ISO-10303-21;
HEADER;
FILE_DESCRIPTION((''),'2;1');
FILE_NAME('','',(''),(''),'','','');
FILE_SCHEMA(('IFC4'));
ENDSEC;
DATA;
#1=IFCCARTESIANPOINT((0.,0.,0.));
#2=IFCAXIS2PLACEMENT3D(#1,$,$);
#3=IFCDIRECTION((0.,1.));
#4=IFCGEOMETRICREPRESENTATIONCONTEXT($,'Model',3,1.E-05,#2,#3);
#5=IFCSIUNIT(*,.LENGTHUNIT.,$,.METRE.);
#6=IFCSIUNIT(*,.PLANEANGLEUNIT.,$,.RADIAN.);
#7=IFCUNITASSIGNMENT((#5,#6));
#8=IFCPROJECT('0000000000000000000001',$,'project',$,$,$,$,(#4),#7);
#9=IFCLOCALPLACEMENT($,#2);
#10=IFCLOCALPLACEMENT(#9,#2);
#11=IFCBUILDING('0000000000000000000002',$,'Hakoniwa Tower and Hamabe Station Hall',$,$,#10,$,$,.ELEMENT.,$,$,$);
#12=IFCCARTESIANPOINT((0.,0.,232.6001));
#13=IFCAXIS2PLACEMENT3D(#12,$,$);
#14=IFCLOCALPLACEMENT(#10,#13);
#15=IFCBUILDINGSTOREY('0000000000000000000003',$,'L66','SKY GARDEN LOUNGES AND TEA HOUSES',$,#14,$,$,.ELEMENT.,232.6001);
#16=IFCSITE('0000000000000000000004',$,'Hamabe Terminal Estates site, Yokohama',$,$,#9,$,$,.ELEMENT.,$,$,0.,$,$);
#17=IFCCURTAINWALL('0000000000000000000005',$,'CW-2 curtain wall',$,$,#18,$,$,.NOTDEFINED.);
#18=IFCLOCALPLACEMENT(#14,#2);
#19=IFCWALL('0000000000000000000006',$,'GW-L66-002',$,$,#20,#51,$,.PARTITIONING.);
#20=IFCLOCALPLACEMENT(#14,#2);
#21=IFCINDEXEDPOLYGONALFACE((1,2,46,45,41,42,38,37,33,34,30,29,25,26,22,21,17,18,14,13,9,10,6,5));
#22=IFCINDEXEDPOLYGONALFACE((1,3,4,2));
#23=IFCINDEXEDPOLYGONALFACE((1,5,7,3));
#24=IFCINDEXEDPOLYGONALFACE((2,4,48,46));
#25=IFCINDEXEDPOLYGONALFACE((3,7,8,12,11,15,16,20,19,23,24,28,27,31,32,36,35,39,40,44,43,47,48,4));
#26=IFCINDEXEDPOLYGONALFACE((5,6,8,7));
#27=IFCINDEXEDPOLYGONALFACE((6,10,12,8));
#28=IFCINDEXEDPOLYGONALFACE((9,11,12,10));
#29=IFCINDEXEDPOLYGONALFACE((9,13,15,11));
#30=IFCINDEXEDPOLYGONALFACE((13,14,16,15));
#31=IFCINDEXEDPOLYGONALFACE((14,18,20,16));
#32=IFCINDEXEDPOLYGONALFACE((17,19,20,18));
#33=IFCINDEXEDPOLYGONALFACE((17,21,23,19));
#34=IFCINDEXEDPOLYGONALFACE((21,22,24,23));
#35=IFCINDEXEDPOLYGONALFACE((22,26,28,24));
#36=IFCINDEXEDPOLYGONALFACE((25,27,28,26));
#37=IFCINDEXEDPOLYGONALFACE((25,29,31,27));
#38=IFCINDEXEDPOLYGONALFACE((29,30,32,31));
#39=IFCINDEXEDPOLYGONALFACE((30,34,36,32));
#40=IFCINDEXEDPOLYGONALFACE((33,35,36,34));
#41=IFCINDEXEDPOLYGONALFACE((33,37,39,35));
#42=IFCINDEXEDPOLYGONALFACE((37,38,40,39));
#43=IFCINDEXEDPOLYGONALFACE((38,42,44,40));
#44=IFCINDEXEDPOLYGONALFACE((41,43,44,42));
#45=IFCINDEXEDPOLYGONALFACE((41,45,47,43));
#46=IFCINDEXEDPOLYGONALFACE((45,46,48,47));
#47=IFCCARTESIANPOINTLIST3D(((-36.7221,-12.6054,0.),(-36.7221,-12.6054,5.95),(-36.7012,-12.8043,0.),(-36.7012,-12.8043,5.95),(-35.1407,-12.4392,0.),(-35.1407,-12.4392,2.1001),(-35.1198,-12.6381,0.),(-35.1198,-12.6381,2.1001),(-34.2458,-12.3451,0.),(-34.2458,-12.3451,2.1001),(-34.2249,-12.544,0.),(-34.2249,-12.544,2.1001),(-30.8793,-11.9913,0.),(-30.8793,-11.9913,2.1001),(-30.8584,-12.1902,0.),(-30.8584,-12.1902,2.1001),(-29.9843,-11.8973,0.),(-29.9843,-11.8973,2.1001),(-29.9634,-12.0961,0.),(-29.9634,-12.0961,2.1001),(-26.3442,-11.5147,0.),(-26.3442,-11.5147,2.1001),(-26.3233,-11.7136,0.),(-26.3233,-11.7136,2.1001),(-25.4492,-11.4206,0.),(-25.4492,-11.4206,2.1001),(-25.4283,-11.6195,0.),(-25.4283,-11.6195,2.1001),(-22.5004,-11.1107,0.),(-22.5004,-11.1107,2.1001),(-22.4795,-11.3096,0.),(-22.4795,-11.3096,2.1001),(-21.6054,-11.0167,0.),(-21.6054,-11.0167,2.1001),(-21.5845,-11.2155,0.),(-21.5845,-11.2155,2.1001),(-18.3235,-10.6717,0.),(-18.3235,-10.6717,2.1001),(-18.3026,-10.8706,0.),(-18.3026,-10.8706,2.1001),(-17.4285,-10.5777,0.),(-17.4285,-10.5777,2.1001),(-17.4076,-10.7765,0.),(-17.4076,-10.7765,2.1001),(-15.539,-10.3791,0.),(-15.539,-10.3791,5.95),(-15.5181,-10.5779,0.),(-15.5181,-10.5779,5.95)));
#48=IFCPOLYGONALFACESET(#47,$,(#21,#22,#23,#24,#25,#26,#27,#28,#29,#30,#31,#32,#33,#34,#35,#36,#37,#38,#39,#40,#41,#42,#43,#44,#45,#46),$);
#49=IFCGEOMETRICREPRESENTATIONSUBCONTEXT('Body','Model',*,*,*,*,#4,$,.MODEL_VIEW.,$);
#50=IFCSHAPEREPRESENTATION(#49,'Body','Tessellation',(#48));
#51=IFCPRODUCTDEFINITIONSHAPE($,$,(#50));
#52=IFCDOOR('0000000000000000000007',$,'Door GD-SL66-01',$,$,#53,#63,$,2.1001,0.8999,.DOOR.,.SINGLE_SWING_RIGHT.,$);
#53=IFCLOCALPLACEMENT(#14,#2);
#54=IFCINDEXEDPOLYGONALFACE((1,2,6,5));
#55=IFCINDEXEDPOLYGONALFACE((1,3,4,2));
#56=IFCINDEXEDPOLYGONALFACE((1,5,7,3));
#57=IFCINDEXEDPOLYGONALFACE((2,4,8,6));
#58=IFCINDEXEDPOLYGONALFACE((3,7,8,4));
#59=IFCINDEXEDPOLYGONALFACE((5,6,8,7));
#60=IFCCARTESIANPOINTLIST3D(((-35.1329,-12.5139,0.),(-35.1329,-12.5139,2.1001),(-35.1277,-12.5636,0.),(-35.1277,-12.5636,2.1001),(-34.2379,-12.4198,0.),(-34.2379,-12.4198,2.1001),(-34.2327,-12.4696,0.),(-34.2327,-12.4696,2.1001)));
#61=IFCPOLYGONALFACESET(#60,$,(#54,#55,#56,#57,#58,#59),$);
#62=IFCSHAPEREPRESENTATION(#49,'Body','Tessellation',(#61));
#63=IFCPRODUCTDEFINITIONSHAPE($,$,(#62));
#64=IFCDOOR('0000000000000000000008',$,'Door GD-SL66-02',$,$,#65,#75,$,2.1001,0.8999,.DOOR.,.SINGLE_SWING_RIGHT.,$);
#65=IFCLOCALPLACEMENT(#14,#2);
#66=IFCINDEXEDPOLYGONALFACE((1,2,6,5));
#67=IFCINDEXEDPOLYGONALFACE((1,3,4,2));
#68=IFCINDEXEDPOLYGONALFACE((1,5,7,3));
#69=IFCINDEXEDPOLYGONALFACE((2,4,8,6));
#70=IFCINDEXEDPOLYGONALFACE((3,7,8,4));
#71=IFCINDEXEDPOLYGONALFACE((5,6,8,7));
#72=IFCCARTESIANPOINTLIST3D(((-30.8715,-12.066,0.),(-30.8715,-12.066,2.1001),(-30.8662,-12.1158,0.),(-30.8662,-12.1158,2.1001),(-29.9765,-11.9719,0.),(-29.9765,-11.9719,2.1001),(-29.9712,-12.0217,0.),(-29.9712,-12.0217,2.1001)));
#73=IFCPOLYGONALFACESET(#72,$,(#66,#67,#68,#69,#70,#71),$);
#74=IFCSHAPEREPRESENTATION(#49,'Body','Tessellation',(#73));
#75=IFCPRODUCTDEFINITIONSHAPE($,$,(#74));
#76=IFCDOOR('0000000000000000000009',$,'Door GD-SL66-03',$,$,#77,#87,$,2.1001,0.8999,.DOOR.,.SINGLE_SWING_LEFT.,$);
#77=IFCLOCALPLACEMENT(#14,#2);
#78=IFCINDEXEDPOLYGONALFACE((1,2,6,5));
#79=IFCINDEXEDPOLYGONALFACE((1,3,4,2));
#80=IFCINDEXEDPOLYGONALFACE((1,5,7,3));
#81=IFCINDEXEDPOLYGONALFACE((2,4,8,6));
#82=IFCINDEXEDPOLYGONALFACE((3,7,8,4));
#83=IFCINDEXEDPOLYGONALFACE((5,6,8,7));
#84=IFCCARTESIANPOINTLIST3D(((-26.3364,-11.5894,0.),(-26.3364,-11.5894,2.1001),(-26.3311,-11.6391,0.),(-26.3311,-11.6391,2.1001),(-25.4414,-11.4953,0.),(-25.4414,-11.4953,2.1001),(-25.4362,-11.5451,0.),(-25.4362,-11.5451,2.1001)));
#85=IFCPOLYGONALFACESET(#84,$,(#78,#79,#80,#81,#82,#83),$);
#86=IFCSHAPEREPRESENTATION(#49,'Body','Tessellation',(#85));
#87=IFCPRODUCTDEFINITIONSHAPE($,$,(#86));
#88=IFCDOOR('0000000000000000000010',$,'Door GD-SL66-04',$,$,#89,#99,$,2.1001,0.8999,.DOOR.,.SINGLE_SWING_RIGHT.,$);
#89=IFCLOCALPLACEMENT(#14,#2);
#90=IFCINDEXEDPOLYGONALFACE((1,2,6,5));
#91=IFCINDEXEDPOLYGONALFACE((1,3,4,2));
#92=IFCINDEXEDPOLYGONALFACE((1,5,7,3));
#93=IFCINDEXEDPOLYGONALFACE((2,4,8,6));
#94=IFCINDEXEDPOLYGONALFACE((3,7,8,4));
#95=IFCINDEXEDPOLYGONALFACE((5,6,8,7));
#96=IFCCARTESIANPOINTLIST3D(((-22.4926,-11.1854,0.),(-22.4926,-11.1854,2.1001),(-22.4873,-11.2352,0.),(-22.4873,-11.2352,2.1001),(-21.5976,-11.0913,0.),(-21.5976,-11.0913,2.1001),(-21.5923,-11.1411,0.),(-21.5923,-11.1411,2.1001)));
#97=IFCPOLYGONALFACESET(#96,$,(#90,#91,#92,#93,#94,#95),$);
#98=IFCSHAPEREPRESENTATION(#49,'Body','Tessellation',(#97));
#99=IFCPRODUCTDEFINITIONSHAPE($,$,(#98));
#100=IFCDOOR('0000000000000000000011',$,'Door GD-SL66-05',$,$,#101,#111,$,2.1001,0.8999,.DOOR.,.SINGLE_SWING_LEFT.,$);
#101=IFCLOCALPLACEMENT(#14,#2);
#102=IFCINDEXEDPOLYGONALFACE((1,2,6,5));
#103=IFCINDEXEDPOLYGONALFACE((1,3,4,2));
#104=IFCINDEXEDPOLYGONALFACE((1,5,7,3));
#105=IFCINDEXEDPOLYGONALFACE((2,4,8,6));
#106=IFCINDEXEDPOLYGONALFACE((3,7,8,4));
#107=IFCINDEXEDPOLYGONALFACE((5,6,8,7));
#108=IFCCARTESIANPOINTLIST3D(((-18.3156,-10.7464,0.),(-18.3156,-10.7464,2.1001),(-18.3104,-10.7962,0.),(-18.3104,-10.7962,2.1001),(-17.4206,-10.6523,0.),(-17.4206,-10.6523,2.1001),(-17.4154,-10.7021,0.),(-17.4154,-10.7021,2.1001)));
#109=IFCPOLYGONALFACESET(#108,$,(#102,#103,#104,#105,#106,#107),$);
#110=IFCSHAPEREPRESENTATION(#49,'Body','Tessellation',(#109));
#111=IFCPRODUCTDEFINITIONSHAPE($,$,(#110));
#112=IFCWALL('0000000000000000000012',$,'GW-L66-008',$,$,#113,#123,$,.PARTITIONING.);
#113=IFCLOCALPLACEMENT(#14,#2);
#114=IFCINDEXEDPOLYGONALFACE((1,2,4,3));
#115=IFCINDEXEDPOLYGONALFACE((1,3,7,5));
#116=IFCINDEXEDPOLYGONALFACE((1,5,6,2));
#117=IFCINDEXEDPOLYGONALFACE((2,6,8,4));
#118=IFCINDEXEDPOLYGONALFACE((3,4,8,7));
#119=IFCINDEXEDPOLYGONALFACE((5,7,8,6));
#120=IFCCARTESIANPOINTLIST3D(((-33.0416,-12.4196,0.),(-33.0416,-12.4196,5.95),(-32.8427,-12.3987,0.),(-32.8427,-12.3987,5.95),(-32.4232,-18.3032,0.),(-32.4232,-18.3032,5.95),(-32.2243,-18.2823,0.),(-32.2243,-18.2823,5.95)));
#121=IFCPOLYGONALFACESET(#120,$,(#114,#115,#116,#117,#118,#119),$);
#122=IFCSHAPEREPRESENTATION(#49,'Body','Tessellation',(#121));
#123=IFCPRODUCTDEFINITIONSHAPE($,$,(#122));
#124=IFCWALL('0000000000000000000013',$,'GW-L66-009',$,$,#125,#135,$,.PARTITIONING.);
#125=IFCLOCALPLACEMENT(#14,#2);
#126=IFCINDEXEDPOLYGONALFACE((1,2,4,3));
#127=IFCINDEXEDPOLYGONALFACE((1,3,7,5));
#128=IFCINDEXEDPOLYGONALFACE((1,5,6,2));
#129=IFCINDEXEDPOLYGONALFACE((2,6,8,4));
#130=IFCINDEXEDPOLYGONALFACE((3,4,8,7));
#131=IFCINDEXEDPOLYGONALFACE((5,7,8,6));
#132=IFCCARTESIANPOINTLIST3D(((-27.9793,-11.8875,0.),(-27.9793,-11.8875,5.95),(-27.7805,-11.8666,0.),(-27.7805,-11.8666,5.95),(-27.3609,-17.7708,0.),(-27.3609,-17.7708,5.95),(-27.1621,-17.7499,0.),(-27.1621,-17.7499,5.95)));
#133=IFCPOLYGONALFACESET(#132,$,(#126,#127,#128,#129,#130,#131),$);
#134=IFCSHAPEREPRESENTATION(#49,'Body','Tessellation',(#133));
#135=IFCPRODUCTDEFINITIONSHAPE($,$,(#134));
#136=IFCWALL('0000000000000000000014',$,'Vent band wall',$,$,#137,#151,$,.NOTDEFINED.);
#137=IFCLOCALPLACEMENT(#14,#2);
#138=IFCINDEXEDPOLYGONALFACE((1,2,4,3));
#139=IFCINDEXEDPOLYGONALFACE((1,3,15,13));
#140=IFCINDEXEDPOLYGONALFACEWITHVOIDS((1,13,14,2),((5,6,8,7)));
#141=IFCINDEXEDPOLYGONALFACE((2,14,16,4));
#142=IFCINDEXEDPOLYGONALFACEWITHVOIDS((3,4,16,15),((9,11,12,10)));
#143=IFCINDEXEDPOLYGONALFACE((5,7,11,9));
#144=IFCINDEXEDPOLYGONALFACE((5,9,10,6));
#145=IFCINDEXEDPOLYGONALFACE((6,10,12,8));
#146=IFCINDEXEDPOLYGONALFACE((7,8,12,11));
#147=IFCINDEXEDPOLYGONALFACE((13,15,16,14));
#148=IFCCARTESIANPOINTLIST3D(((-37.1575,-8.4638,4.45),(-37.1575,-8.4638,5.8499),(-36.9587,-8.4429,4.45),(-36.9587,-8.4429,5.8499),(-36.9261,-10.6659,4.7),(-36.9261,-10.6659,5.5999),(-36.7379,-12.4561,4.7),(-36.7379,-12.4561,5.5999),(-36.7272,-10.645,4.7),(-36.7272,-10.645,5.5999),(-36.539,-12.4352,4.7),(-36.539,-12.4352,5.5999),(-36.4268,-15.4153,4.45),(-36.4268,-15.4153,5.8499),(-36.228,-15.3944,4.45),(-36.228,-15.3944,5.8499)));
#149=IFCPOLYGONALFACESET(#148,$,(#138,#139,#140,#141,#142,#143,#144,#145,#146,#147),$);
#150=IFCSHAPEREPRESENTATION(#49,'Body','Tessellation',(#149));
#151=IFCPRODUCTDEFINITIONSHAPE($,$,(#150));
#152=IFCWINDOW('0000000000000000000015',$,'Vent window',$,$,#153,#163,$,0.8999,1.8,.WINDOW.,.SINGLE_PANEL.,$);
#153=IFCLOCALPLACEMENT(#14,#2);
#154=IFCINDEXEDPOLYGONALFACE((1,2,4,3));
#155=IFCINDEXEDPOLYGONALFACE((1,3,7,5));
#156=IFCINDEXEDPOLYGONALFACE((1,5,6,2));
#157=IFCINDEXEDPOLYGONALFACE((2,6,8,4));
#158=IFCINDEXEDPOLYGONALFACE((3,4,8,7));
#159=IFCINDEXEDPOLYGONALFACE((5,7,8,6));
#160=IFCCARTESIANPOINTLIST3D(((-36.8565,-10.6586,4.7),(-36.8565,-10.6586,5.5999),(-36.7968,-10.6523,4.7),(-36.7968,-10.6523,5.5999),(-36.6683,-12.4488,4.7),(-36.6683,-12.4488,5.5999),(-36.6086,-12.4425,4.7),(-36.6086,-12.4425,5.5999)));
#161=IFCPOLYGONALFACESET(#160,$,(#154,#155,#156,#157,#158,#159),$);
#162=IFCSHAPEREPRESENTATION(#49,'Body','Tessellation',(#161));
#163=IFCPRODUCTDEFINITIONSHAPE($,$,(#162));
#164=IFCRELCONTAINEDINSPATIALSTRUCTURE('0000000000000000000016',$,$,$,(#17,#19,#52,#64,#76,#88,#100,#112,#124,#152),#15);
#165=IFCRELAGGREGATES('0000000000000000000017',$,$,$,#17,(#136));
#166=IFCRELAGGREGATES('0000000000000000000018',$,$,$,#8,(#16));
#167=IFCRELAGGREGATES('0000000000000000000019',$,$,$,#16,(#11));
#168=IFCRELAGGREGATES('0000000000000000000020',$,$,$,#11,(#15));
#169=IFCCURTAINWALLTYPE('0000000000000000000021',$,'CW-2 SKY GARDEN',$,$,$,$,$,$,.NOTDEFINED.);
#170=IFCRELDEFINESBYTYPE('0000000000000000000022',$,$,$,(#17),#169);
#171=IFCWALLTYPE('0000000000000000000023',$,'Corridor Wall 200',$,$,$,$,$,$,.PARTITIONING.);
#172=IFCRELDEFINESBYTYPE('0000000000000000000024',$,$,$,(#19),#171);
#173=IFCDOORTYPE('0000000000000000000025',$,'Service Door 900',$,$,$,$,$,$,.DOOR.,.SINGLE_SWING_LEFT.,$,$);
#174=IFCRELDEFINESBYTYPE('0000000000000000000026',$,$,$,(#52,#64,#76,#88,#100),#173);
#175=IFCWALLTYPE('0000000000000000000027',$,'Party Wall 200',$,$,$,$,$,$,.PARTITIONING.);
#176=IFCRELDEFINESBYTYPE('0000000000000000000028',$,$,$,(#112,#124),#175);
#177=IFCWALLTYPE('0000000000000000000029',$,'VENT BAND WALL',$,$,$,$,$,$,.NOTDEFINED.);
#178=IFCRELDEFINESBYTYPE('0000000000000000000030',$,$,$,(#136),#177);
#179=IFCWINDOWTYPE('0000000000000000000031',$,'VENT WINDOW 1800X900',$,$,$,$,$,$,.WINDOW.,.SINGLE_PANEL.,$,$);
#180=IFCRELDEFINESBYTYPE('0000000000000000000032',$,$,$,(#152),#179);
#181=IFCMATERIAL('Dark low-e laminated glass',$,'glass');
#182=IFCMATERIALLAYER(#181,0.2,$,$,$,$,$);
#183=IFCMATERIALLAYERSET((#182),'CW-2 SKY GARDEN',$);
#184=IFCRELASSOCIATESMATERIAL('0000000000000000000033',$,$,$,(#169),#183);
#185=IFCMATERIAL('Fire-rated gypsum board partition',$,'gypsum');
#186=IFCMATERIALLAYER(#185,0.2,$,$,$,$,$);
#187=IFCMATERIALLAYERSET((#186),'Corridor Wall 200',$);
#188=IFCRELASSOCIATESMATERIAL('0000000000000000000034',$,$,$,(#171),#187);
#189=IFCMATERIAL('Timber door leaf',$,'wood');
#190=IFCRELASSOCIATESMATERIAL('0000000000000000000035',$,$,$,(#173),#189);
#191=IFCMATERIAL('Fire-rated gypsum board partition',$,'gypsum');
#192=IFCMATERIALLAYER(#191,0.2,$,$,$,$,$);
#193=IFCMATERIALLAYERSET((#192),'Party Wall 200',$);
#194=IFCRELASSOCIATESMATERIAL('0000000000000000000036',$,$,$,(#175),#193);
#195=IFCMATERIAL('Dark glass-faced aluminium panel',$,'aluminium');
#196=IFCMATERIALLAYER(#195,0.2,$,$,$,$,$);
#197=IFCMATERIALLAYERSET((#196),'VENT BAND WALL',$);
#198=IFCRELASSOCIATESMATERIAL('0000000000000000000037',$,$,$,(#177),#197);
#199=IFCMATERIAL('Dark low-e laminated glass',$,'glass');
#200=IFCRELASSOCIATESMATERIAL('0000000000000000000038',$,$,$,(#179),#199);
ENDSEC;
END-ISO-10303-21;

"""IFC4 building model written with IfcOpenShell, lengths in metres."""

from ifc_helpers import new_model, si_unit, direction, frame, frame_2d, origin, place, context, subcontext, project, spatial, rectangle, extrude, material, layer, layer_set, type_object, element, fill, aggregate, save


model = new_model("IFC4")

# Units and contexts
model_context = context("Model", 3, precision=1e-05, world=origin(), true_north=direction((0.0, 1.0)))
body_context = subcontext(model_context, "Body", "Model", "MODEL_VIEW")
ifc_project = project(units=[si_unit("LENGTHUNIT", "METRE"), si_unit("PLANEANGLEUNIT", "RADIAN")], contexts=[model_context])

# Site, building, storey
site_placement = place(None, origin())
site = spatial("IfcSite", under=ifc_project, at=site_placement, Name="Hamabe Terminal Estates site, Yokohama", CompositionType="ELEMENT", RefElevation=0.0)
building_placement = place(site_placement, origin())
building = spatial("IfcBuilding", under=site, at=building_placement, Name="Hakoniwa Tower and Hamabe Station Hall", CompositionType="ELEMENT")
storey_placement = place(building_placement, frame((0.0, 0.0, 232.6001)))
storey = spatial("IfcBuildingStorey", under=building, at=storey_placement, Name="L66", Description="SKY GARDEN LOUNGES AND TEA HOUSES", CompositionType="ELEMENT", Elevation=232.6001)

# Curtain wall
ifc_material_1 = material(Name="Dark low-e laminated glass", Category="glass")
ifc_layer_1 = layer(ifc_material_1, 0.2)
ifc_layer_set_1 = layer_set([ifc_layer_1], Name="CW-2 SKY GARDEN")
curtain_wall_type = type_object("IfcCurtainWallType", Name="CW-2 SKY GARDEN", PredefinedType="NOTDEFINED", material=ifc_layer_set_1)
curtain_wall_1_placement = place(storey_placement, origin())
curtain_wall_1 = element("IfcCurtainWall", 1, at=curtain_wall_1_placement, inside=storey, type_object=curtain_wall_type, Name="CW-2 curtain wall", PredefinedType="NOTDEFINED")

# Wall, openings, doors
ifc_material_2 = material(Name="Fire-rated gypsum board partition", Category="gypsum")
ifc_layer_2 = layer(ifc_material_2, 0.2)
ifc_layer_set_2 = layer_set([ifc_layer_2], Name="Corridor Wall 200")
wall_type_1 = type_object("IfcWallType", Name="Corridor Wall 200", PredefinedType="PARTITIONING", material=ifc_layer_set_2)
wall_1_placement = place(storey_placement, frame((-36.7117, -12.7048, 0.0), z_axis=(0.0, 0.0, 1.0), x_axis=(0.994522, 0.104523, 0.0)))
wall_1 = element("IfcWall", 2, at=wall_1_placement, inside=storey, type_object=wall_type_1, Name="GW-L66-002", PredefinedType="PARTITIONING", context=body_context, shape_type="SweptSolid", body=[
    extrude(rectangle(XDim=21.2998, YDim=0.2, at=frame_2d((10.6499, 0.0))), origin(), (0.0, 0.0, 1.0), 5.95),
])
opening_1_placement = place(wall_1_placement, frame((1.5901, 0.0, 0.0)))
opening_1 = element("IfcOpeningElement", 3, at=opening_1_placement, cuts=wall_1, PredefinedType="OPENING", context=body_context, shape_type="SweptSolid", body=[
    extrude(rectangle(XDim=0.8999, YDim=2.1001, at=frame_2d((0.45, 1.05))), frame((0.0, 0.1099, 0.0), z_axis=(0.0, -1.0, 0.0), x_axis=(1.0, 0.0, 0.0)), (0.0, 0.0, 1.0), 0.22),
])
opening_2_placement = place(wall_1_placement, frame((5.875, 0.0, 0.0)))
opening_2 = element("IfcOpeningElement", 4, at=opening_2_placement, cuts=wall_1, PredefinedType="OPENING", context=body_context, shape_type="SweptSolid", body=[
    extrude(rectangle(XDim=0.8999, YDim=2.1001, at=frame_2d((0.45, 1.05))), frame((0.0, 0.1099, 0.0), z_axis=(0.0, -1.0, 0.0), x_axis=(1.0, 0.0, 0.0)), (0.0, 0.0, 1.0), 0.22),
])
opening_3_placement = place(wall_1_placement, frame((10.4351, 0.0, 0.0)))
opening_3 = element("IfcOpeningElement", 5, at=opening_3_placement, cuts=wall_1, PredefinedType="OPENING", context=body_context, shape_type="SweptSolid", body=[
    extrude(rectangle(XDim=0.8999, YDim=2.1001, at=frame_2d((0.45, 1.05))), frame((0.0, 0.1099, 0.0), z_axis=(0.0, -1.0, 0.0), x_axis=(1.0, 0.0, 0.0)), (0.0, 0.0, 1.0), 0.22),
])
opening_4_placement = place(wall_1_placement, frame((14.3, 0.0, 0.0)))
opening_4 = element("IfcOpeningElement", 6, at=opening_4_placement, cuts=wall_1, PredefinedType="OPENING", context=body_context, shape_type="SweptSolid", body=[
    extrude(rectangle(XDim=0.8999, YDim=2.1001, at=frame_2d((0.45, 1.05))), frame((0.0, 0.1099, 0.0), z_axis=(0.0, -1.0, 0.0), x_axis=(1.0, 0.0, 0.0)), (0.0, 0.0, 1.0), 0.22),
])
opening_5_placement = place(wall_1_placement, frame((18.5, 0.0, 0.0)))
opening_5 = element("IfcOpeningElement", 7, at=opening_5_placement, cuts=wall_1, PredefinedType="OPENING", context=body_context, shape_type="SweptSolid", body=[
    extrude(rectangle(XDim=0.8999, YDim=2.1001, at=frame_2d((0.45, 1.05))), frame((0.0, 0.1099, 0.0), z_axis=(0.0, -1.0, 0.0), x_axis=(1.0, 0.0, 0.0)), (0.0, 0.0, 1.0), 0.22),
])
ifc_material_3 = material(Name="Timber door leaf", Category="wood")
door_type = type_object("IfcDoorType", Name="Service Door 900", OperationType="SINGLE_SWING_LEFT", PredefinedType="DOOR", material=ifc_material_3)
door_1_placement = place(opening_1_placement, origin())
door_1 = element("IfcDoor", 8, at=door_1_placement, inside=storey, type_object=door_type, Name="Door GD-SL66-01", OperationType="SINGLE_SWING_RIGHT", OverallHeight=2.1001, OverallWidth=0.8999, PredefinedType="DOOR", context=body_context, shape_type="SweptSolid", body=[
    extrude(rectangle(XDim=0.8999, YDim=2.1001, at=frame_2d((0.45, 1.05))), frame((0.0, 0.0249, 0.0), z_axis=(0.0, -1.0, 0.0), x_axis=(1.0, 0.0, 0.0)), (0.0, 0.0, 1.0), 0.05),
])
fill(opening_1, door_1)
door_2_placement = place(opening_2_placement, origin())
door_2 = element("IfcDoor", 9, at=door_2_placement, inside=storey, type_object=door_type, Name="Door GD-SL66-02", OperationType="SINGLE_SWING_RIGHT", OverallHeight=2.1001, OverallWidth=0.8999, PredefinedType="DOOR", context=body_context, shape_type="SweptSolid", body=[
    extrude(rectangle(XDim=0.8999, YDim=2.1001, at=frame_2d((0.45, 1.05))), frame((0.0, 0.0249, 0.0), z_axis=(0.0, -1.0, 0.0), x_axis=(1.0, 0.0, 0.0)), (0.0, 0.0, 1.0), 0.05),
])
fill(opening_2, door_2)
door_3_placement = place(opening_3_placement, origin())
door_3 = element("IfcDoor", 10, at=door_3_placement, inside=storey, type_object=door_type, Name="Door GD-SL66-03", OperationType="SINGLE_SWING_LEFT", OverallHeight=2.1001, OverallWidth=0.8999, PredefinedType="DOOR", context=body_context, shape_type="SweptSolid", body=[
    extrude(rectangle(XDim=0.8999, YDim=2.1001, at=frame_2d((0.45, 1.05))), frame((0.0, 0.0249, 0.0), z_axis=(0.0, -1.0, 0.0), x_axis=(1.0, 0.0, 0.0)), (0.0, 0.0, 1.0), 0.05),
])
fill(opening_3, door_3)
door_4_placement = place(opening_4_placement, origin())
door_4 = element("IfcDoor", 11, at=door_4_placement, inside=storey, type_object=door_type, Name="Door GD-SL66-04", OperationType="SINGLE_SWING_RIGHT", OverallHeight=2.1001, OverallWidth=0.8999, PredefinedType="DOOR", context=body_context, shape_type="SweptSolid", body=[
    extrude(rectangle(XDim=0.8999, YDim=2.1001, at=frame_2d((0.45, 1.05))), frame((0.0, 0.0249, 0.0), z_axis=(0.0, -1.0, 0.0), x_axis=(1.0, 0.0, 0.0)), (0.0, 0.0, 1.0), 0.05),
])
fill(opening_4, door_4)
door_5_placement = place(opening_5_placement, origin())
door_5 = element("IfcDoor", 12, at=door_5_placement, inside=storey, type_object=door_type, Name="Door GD-SL66-05", OperationType="SINGLE_SWING_LEFT", OverallHeight=2.1001, OverallWidth=0.8999, PredefinedType="DOOR", context=body_context, shape_type="SweptSolid", body=[
    extrude(rectangle(XDim=0.8999, YDim=2.1001, at=frame_2d((0.45, 1.05))), frame((0.0, 0.0249, 0.0), z_axis=(0.0, -1.0, 0.0), x_axis=(1.0, 0.0, 0.0)), (0.0, 0.0, 1.0), 0.05),
])
fill(opening_5, door_5)

# Walls
ifc_material_4 = material(Name="Fire-rated gypsum board partition", Category="gypsum")
ifc_layer_3 = layer(ifc_material_4, 0.2)
ifc_layer_set_3 = layer_set([ifc_layer_3], Name="Party Wall 200")
wall_type_2 = type_object("IfcWallType", Name="Party Wall 200", PredefinedType="PARTITIONING", material=ifc_layer_set_3)
wall_2_placement = place(storey_placement, frame((-32.3237, -18.2927, 0.0), z_axis=(0.0, 0.0, 1.0), x_axis=(-0.104532, 0.994521, 0.0)))
element("IfcWall", 13, at=wall_2_placement, inside=storey, type_object=wall_type_2, Name="GW-L66-008", PredefinedType="PARTITIONING", context=body_context, shape_type="SweptSolid", body=[
    extrude(rectangle(XDim=5.916, YDim=0.2, at=frame_2d((2.958, 0.0))), origin(), (0.0, 0.0, 1.0), 5.95),
])
wall_3_placement = place(storey_placement, frame((-27.2615, -17.7605, 0.0), z_axis=(0.0, 0.0, 1.0), x_axis=(-0.104537, 0.994521, 0.0)))
element("IfcWall", 14, at=wall_3_placement, inside=storey, type_object=wall_type_2, Name="GW-L66-009", PredefinedType="PARTITIONING", context=body_context, shape_type="SweptSolid", body=[
    extrude(rectangle(XDim=5.9158, YDim=0.2, at=frame_2d((2.958, 0.0))), origin(), (0.0, 0.0, 1.0), 5.95),
])

# Wall, opening, window
ifc_material_5 = material(Name="Dark glass-faced aluminium panel", Category="aluminium")
ifc_layer_4 = layer(ifc_material_5, 0.2)
ifc_layer_set_4 = layer_set([ifc_layer_4], Name="VENT BAND WALL")
wall_type_3 = type_object("IfcWallType", Name="VENT BAND WALL", PredefinedType="NOTDEFINED", material=ifc_layer_set_4)
wall_4_placement = place(storey_placement, frame((-37.0581, -8.4534, 4.45), z_axis=(0.0, 0.0, 1.0), x_axis=(0.104541, -0.994521, 0.0)))
wall_4 = element("IfcWall", 15, at=wall_4_placement, type_object=wall_type_3, Name="Vent band wall", PredefinedType="NOTDEFINED", context=body_context, shape_type="SweptSolid", body=[
    extrude(rectangle(XDim=6.9897, YDim=0.2, at=frame_2d((3.4949, 0.0))), origin(), (0.0, 0.0, 1.0), 1.3999),
])
opening_6_placement = place(wall_4_placement, frame((2.2144, 0.0, 0.25)))
opening_6 = element("IfcOpeningElement", 16, at=opening_6_placement, cuts=wall_4, PredefinedType="OPENING", context=body_context, shape_type="SweptSolid", body=[
    extrude(rectangle(XDim=1.8, YDim=0.8999, at=frame_2d((0.8999, 0.45))), frame((0.0, 0.1099, 0.0), z_axis=(0.0, -1.0, 0.0), x_axis=(1.0, 0.0, 0.0)), (0.0, 0.0, 1.0), 0.22),
])
ifc_material_6 = material(Name="Dark low-e laminated glass", Category="glass")
window_type = type_object("IfcWindowType", Name="VENT WINDOW 1800X900", PartitioningType="SINGLE_PANEL", PredefinedType="WINDOW", material=ifc_material_6)
window_1_placement = place(opening_6_placement, origin())
window_1 = element("IfcWindow", 17, at=window_1_placement, inside=storey, type_object=window_type, Name="Vent window", OverallHeight=0.8999, OverallWidth=1.8, PartitioningType="SINGLE_PANEL", PredefinedType="WINDOW", context=body_context, shape_type="SweptSolid", body=[
    extrude(rectangle(XDim=1.8, YDim=0.8999, at=frame_2d((0.8999, 0.45))), frame((0.0, 0.03, 0.0), z_axis=(0.0, -1.0, 0.0), x_axis=(1.0, 0.0, 0.0)), (0.0, 0.0, 1.0), 0.0601),
])
fill(opening_6, window_1)
aggregate(curtain_wall_1, [wall_4])

save(model, "model.ifc")
